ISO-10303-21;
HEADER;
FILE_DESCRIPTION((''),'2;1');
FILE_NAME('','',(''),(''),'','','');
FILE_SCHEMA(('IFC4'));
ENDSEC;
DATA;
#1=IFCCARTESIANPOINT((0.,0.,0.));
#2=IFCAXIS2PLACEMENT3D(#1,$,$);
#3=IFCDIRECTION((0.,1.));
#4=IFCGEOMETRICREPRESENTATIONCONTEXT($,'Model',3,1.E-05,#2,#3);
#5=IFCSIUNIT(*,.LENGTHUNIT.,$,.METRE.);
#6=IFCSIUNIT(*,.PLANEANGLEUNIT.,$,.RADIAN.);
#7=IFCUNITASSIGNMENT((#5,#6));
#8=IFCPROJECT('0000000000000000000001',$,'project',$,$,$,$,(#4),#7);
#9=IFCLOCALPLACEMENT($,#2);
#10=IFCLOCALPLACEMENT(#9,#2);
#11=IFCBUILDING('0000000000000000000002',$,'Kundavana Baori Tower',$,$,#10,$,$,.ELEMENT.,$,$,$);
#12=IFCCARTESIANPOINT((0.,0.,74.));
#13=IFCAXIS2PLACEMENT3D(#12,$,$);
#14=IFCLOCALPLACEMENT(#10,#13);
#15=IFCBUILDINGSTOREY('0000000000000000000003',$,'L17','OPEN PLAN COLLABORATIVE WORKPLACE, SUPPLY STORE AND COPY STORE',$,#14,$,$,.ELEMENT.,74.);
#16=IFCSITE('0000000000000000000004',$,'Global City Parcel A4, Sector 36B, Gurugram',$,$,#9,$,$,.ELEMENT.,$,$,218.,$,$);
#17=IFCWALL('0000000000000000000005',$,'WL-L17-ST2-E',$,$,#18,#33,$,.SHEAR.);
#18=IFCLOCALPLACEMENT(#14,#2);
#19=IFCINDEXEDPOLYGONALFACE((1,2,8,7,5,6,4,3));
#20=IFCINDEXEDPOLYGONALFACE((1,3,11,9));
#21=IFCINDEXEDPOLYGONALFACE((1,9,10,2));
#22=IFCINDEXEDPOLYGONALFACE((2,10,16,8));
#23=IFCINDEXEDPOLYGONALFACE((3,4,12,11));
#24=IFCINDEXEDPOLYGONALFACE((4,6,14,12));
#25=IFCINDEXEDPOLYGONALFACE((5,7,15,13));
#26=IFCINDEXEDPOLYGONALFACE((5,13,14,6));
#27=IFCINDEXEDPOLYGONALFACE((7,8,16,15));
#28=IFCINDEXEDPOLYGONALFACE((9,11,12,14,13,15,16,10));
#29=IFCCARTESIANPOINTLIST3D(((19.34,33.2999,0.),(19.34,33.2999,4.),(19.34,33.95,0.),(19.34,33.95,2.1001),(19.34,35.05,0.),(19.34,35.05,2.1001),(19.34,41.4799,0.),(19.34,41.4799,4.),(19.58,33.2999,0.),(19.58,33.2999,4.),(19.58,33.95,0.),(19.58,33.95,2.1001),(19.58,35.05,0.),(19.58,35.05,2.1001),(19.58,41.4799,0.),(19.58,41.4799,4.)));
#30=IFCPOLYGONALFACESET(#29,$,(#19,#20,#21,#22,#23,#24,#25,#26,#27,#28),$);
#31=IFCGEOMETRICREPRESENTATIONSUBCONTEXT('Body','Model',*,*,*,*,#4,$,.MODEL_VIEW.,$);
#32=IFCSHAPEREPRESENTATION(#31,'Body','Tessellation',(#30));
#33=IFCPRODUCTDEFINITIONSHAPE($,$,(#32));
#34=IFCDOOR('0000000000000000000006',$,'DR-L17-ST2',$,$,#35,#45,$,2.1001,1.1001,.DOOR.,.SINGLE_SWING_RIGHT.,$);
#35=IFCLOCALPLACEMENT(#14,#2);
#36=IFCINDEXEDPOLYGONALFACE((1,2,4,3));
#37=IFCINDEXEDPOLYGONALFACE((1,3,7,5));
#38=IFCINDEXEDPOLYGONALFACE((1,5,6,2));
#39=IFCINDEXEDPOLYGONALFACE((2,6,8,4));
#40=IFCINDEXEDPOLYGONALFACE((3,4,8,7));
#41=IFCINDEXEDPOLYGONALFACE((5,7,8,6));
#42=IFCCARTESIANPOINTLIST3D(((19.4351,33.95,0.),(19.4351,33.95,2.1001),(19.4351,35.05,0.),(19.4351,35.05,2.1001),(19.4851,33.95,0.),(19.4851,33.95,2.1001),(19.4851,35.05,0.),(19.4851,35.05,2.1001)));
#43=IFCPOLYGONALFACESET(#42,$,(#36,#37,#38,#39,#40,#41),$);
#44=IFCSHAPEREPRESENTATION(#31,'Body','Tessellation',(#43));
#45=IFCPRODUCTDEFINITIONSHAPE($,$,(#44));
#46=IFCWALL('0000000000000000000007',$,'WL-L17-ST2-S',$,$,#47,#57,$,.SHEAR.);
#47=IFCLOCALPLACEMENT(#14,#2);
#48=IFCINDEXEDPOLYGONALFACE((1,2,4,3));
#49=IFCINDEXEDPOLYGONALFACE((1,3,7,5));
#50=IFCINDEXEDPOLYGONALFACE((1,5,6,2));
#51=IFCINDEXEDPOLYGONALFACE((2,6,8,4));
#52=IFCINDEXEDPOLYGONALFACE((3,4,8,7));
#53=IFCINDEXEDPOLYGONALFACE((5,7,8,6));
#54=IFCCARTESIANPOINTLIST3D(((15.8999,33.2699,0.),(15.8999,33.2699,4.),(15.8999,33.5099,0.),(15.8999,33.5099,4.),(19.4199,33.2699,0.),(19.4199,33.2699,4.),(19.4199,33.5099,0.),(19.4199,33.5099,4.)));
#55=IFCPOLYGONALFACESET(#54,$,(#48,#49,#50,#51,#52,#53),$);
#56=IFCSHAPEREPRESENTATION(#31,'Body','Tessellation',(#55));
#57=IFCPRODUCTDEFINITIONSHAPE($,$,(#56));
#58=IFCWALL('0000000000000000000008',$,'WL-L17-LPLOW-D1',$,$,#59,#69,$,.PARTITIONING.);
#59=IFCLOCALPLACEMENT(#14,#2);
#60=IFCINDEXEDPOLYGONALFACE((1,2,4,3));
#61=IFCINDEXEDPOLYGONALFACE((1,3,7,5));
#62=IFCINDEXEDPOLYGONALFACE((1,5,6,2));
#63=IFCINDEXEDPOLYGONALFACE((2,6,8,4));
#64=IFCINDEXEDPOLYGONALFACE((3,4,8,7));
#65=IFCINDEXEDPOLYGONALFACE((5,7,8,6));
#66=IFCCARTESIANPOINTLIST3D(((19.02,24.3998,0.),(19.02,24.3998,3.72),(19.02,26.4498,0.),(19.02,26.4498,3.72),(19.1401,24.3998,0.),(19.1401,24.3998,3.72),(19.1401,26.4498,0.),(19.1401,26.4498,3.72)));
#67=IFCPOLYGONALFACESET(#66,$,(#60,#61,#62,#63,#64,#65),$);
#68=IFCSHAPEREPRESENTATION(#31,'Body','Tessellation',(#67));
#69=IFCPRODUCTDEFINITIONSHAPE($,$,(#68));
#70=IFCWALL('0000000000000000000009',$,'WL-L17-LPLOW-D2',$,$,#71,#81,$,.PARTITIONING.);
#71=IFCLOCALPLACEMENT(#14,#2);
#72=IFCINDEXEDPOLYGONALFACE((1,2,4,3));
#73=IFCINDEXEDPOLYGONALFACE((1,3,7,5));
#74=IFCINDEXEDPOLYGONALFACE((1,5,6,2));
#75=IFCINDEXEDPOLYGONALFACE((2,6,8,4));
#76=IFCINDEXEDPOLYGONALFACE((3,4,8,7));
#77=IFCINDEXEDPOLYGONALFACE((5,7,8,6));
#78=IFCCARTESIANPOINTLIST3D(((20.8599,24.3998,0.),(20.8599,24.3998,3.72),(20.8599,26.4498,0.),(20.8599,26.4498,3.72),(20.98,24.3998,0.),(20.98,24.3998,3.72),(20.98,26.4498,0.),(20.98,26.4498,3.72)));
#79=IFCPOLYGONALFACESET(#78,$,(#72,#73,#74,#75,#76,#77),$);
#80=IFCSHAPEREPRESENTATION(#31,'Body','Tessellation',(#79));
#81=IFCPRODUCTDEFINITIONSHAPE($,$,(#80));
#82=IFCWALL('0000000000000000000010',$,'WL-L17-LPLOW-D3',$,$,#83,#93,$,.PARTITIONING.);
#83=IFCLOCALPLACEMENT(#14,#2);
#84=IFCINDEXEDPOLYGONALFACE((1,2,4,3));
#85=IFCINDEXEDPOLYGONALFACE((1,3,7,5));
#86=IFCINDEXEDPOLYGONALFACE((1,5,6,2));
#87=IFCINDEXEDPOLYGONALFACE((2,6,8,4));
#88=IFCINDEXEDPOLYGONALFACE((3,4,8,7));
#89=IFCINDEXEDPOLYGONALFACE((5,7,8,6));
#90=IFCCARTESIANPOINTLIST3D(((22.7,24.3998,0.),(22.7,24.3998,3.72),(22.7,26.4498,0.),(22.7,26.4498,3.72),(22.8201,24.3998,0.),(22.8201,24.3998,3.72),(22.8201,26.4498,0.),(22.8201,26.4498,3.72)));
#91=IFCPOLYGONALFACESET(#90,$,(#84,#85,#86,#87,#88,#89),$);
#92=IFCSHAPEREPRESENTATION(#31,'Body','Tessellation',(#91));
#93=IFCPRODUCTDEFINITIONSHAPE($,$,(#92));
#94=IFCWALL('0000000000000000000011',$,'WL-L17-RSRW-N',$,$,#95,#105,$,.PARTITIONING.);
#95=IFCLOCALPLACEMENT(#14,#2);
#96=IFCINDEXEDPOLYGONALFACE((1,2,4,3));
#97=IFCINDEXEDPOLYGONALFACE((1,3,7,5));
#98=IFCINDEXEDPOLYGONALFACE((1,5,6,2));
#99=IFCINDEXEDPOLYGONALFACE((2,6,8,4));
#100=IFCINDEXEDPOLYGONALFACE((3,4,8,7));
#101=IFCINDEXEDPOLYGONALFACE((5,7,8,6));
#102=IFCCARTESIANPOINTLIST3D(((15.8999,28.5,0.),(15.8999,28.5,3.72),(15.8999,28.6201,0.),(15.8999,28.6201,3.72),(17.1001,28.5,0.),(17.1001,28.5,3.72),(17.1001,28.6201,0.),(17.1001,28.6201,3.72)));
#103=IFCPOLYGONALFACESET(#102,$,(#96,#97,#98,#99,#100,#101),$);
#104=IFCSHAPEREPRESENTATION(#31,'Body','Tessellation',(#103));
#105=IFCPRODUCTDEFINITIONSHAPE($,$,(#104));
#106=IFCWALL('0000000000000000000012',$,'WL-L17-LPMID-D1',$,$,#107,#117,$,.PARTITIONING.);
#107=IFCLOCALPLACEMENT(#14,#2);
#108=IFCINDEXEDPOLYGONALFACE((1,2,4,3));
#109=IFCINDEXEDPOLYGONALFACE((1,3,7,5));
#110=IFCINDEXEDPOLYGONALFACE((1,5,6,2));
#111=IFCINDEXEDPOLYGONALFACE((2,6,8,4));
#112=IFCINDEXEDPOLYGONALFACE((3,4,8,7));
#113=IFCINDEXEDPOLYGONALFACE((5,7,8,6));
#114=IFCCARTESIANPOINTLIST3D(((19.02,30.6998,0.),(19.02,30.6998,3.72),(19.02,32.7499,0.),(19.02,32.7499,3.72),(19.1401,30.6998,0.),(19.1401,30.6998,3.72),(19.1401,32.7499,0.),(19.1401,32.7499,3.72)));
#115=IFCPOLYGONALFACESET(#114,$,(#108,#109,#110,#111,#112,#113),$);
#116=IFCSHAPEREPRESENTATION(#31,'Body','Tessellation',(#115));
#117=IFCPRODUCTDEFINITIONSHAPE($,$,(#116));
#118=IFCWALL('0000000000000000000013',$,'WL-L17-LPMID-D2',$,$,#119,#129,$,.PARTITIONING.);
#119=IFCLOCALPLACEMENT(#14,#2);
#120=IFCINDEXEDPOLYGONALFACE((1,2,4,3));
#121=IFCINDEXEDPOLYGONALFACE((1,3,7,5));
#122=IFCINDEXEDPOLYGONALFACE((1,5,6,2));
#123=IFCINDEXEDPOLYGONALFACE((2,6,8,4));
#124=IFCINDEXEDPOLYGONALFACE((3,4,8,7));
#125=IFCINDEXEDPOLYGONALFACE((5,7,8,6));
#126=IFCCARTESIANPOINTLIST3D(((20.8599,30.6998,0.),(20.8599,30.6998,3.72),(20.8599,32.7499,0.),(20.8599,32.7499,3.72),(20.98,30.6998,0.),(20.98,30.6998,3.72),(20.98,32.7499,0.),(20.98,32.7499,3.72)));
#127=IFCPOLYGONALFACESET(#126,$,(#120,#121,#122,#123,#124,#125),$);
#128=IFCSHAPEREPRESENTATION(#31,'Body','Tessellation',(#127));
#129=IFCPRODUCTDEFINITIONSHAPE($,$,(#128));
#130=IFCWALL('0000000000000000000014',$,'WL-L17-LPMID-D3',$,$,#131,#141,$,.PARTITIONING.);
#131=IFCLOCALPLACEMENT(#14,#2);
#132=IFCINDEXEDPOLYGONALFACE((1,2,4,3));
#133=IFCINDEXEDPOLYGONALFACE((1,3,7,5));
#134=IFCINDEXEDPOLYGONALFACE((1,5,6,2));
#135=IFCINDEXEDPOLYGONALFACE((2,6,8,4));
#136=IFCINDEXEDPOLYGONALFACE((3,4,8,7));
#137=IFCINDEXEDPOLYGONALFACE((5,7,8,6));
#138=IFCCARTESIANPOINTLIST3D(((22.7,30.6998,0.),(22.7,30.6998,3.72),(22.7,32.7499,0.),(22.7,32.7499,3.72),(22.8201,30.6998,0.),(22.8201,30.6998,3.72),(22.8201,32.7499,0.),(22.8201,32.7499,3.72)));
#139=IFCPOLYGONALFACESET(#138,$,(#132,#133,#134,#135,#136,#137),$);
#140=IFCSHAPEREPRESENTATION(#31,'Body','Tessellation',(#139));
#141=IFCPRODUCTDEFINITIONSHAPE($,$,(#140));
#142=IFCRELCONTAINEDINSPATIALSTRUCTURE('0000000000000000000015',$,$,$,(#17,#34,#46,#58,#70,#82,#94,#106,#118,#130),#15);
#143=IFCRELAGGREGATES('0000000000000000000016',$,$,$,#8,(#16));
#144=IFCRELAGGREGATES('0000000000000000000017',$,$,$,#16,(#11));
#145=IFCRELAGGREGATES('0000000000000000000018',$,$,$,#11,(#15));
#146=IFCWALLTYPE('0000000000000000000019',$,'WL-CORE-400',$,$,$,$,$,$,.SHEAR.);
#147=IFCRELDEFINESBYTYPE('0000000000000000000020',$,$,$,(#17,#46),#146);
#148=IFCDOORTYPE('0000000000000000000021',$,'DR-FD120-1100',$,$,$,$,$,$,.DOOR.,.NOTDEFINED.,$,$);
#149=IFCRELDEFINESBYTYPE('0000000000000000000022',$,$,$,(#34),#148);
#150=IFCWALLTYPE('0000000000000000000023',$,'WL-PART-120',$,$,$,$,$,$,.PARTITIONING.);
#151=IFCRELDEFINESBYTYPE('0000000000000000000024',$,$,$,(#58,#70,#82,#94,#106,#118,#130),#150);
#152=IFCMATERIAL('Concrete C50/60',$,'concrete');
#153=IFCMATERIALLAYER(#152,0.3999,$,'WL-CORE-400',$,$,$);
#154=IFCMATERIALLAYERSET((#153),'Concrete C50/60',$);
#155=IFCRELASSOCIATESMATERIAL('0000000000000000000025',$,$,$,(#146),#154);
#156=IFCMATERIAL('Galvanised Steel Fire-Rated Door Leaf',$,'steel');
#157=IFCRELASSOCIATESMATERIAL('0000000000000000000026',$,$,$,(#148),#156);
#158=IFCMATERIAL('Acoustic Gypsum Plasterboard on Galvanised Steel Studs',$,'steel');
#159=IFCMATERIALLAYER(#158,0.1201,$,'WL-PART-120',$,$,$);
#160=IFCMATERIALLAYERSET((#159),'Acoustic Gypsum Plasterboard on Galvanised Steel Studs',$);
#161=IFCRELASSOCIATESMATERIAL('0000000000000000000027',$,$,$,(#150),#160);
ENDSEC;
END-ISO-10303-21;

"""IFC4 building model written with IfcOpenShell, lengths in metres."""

from ifc_helpers import new_model, si_unit, direction, frame, frame_2d, origin, place, context, subcontext, project, spatial, rectangle, extrude, material, layer, layer_set, type_object, element, fill, save


model = new_model("IFC4")

# Units and contexts
model_context = context("Model", 3, precision=1e-05, world=origin(), true_north=direction((0.0, 1.0)))
body_context = subcontext(model_context, "Body", "Model", "MODEL_VIEW")
ifc_project = project(units=[si_unit("LENGTHUNIT", "METRE"), si_unit("PLANEANGLEUNIT", "RADIAN")], contexts=[model_context])

# Site, building, storey
site_placement = place(None, origin())
site = spatial("IfcSite", under=ifc_project, at=site_placement, Name="Global City Parcel A4, Sector 36B, Gurugram", CompositionType="ELEMENT", RefElevation=218.0)
building_placement = place(site_placement, origin())
building = spatial("IfcBuilding", under=site, at=building_placement, Name="Kundavana Baori Tower", CompositionType="ELEMENT")
storey_placement = place(building_placement, frame((0.0, 0.0, 74.0)))
storey = spatial("IfcBuildingStorey", under=building, at=storey_placement, Name="L17", Description="OPEN PLAN COLLABORATIVE WORKPLACE, SUPPLY STORE AND COPY STORE", CompositionType="ELEMENT", Elevation=74.0)

# Wall, opening, door
ifc_material_1 = material(Name="Concrete C50/60", Category="concrete")
ifc_layer_1 = layer(ifc_material_1, 0.3999, Name="WL-CORE-400")
ifc_layer_set_1 = layer_set([ifc_layer_1], Name="Concrete C50/60")
wall_type_1 = type_object("IfcWallType", Name="WL-CORE-400", PredefinedType="SHEAR", material=ifc_layer_set_1)
wall_1_placement = place(storey_placement, frame((19.46, 33.3, 0.0), z_axis=(0.0, 0.0, 1.0), x_axis=(0.0, 1.0, 0.0)))
wall_1 = element("IfcWall", 1, at=wall_1_placement, inside=storey, type_object=wall_type_1, Name="WL-L17-ST2-E", PredefinedType="SHEAR", context=body_context, shape_type="SweptSolid", body=[
    extrude(rectangle(XDim=8.1799, YDim=0.24, at=frame_2d((4.0898, 0.0))), origin(), (0.0, 0.0, 1.0), 4.0),
])
opening_1_placement = place(wall_1_placement, frame((0.6499, 0.0, 0.0)))
opening_1 = element("IfcOpeningElement", 2, at=opening_1_placement, cuts=wall_1, PredefinedType="OPENING", context=body_context, shape_type="SweptSolid", body=[
    extrude(rectangle(XDim=1.1001, YDim=2.1001, at=frame_2d((0.55, 1.05))), frame((0.0, 0.1299, 0.0), z_axis=(0.0, -1.0, 0.0), x_axis=(1.0, 0.0, 0.0)), (0.0, 0.0, 1.0), 0.26),
])
ifc_material_2 = material(Name="Galvanised Steel Fire-Rated Door Leaf", Category="steel")
door_type_1 = type_object("IfcDoorType", Name="DR-FD120-1100", OperationType="NOTDEFINED", PredefinedType="DOOR", material=ifc_material_2)
door_1_placement = place(opening_1_placement, origin())
door_1 = element("IfcDoor", 3, at=door_1_placement, inside=storey, type_object=door_type_1, Name="DR-L17-ST2", OperationType="SINGLE_SWING_RIGHT", OverallHeight=2.1001, OverallWidth=1.1001, PredefinedType="DOOR", context=body_context, shape_type="SweptSolid", body=[
    extrude(rectangle(XDim=1.1001, YDim=2.1001, at=frame_2d((0.55, 1.05))), frame((0.0, 0.0249, 0.0), z_axis=(0.0, -1.0, 0.0), x_axis=(1.0, 0.0, 0.0)), (0.0, 0.0, 1.0), 0.05),
])
fill(opening_1, door_1)

# Walls
wall_2_placement = place(storey_placement, frame((15.8999, 33.3899, 0.0), z_axis=(0.0, 0.0, 1.0), x_axis=(1.0, 0.0, 0.0)))
element("IfcWall", 4, at=wall_2_placement, inside=storey, type_object=wall_type_1, Name="WL-L17-ST2-S", PredefinedType="SHEAR", context=body_context, shape_type="SweptSolid", body=[
    extrude(rectangle(XDim=3.52, YDim=0.24, at=frame_2d((1.76, 0.0))), origin(), (0.0, 0.0, 1.0), 4.0),
])
ifc_material_3 = material(Name="Acoustic Gypsum Plasterboard on Galvanised Steel Studs", Category="steel")
ifc_layer_2 = layer(ifc_material_3, 0.1201, Name="WL-PART-120")
ifc_layer_set_2 = layer_set([ifc_layer_2], Name="Acoustic Gypsum Plasterboard on Galvanised Steel Studs")
wall_type_2 = type_object("IfcWallType", Name="WL-PART-120", PredefinedType="PARTITIONING", material=ifc_layer_set_2)
for number, where, z_axis, x_axis, name in (
    (5, (19.0801, 24.3999, 0.0), (0.0, 0.0, 1.0), (0.0, 1.0, 0.0), "WL-L17-LPLOW-D1"),
    (6, (20.9199, 24.3999, 0.0), (0.0, 0.0, 1.0), (0.0, 1.0, 0.0), "WL-L17-LPLOW-D2"),
    (7, (22.76, 24.3999, 0.0), (0.0, 0.0, 1.0), (0.0, 1.0, 0.0), "WL-L17-LPLOW-D3"),
):
    element("IfcWall", number, at=place(storey_placement, frame(where, z_axis=z_axis, x_axis=x_axis)), inside=storey, type_object=wall_type_2, Name=name, PredefinedType="PARTITIONING", context=body_context, shape_type="SweptSolid", body=[
        extrude(rectangle(XDim=2.05, YDim=0.1201, at=frame_2d((1.0249, 0.0))), origin(), (0.0, 0.0, 1.0), 3.72),
    ])
wall_3_placement = place(storey_placement, frame((15.8999, 28.5601, 0.0), z_axis=(0.0, 0.0, 1.0), x_axis=(1.0, 0.0, 0.0)))
element("IfcWall", 8, at=wall_3_placement, inside=storey, type_object=wall_type_2, Name="WL-L17-RSRW-N", PredefinedType="PARTITIONING", context=body_context, shape_type="SweptSolid", body=[
    extrude(rectangle(XDim=1.2002, YDim=0.1201, at=frame_2d((0.6001, 0.0))), origin(), (0.0, 0.0, 1.0), 3.72),
])
for number, where, z_axis, x_axis, name in (
    (9, (19.0801, 30.7, 0.0), (0.0, 0.0, 1.0), (0.0, 1.0, 0.0), "WL-L17-LPMID-D1"),
    (10, (20.9199, 30.7, 0.0), (0.0, 0.0, 1.0), (0.0, 1.0, 0.0), "WL-L17-LPMID-D2"),
    (11, (22.76, 30.7, 0.0), (0.0, 0.0, 1.0), (0.0, 1.0, 0.0), "WL-L17-LPMID-D3"),
):
    element("IfcWall", number, at=place(storey_placement, frame(where, z_axis=z_axis, x_axis=x_axis)), inside=storey, type_object=wall_type_2, Name=name, PredefinedType="PARTITIONING", context=body_context, shape_type="SweptSolid", body=[
        extrude(rectangle(XDim=2.05, YDim=0.1201, at=frame_2d((1.0249, 0.0))), origin(), (0.0, 0.0, 1.0), 3.72),
    ])

save(model, "model.ifc")
